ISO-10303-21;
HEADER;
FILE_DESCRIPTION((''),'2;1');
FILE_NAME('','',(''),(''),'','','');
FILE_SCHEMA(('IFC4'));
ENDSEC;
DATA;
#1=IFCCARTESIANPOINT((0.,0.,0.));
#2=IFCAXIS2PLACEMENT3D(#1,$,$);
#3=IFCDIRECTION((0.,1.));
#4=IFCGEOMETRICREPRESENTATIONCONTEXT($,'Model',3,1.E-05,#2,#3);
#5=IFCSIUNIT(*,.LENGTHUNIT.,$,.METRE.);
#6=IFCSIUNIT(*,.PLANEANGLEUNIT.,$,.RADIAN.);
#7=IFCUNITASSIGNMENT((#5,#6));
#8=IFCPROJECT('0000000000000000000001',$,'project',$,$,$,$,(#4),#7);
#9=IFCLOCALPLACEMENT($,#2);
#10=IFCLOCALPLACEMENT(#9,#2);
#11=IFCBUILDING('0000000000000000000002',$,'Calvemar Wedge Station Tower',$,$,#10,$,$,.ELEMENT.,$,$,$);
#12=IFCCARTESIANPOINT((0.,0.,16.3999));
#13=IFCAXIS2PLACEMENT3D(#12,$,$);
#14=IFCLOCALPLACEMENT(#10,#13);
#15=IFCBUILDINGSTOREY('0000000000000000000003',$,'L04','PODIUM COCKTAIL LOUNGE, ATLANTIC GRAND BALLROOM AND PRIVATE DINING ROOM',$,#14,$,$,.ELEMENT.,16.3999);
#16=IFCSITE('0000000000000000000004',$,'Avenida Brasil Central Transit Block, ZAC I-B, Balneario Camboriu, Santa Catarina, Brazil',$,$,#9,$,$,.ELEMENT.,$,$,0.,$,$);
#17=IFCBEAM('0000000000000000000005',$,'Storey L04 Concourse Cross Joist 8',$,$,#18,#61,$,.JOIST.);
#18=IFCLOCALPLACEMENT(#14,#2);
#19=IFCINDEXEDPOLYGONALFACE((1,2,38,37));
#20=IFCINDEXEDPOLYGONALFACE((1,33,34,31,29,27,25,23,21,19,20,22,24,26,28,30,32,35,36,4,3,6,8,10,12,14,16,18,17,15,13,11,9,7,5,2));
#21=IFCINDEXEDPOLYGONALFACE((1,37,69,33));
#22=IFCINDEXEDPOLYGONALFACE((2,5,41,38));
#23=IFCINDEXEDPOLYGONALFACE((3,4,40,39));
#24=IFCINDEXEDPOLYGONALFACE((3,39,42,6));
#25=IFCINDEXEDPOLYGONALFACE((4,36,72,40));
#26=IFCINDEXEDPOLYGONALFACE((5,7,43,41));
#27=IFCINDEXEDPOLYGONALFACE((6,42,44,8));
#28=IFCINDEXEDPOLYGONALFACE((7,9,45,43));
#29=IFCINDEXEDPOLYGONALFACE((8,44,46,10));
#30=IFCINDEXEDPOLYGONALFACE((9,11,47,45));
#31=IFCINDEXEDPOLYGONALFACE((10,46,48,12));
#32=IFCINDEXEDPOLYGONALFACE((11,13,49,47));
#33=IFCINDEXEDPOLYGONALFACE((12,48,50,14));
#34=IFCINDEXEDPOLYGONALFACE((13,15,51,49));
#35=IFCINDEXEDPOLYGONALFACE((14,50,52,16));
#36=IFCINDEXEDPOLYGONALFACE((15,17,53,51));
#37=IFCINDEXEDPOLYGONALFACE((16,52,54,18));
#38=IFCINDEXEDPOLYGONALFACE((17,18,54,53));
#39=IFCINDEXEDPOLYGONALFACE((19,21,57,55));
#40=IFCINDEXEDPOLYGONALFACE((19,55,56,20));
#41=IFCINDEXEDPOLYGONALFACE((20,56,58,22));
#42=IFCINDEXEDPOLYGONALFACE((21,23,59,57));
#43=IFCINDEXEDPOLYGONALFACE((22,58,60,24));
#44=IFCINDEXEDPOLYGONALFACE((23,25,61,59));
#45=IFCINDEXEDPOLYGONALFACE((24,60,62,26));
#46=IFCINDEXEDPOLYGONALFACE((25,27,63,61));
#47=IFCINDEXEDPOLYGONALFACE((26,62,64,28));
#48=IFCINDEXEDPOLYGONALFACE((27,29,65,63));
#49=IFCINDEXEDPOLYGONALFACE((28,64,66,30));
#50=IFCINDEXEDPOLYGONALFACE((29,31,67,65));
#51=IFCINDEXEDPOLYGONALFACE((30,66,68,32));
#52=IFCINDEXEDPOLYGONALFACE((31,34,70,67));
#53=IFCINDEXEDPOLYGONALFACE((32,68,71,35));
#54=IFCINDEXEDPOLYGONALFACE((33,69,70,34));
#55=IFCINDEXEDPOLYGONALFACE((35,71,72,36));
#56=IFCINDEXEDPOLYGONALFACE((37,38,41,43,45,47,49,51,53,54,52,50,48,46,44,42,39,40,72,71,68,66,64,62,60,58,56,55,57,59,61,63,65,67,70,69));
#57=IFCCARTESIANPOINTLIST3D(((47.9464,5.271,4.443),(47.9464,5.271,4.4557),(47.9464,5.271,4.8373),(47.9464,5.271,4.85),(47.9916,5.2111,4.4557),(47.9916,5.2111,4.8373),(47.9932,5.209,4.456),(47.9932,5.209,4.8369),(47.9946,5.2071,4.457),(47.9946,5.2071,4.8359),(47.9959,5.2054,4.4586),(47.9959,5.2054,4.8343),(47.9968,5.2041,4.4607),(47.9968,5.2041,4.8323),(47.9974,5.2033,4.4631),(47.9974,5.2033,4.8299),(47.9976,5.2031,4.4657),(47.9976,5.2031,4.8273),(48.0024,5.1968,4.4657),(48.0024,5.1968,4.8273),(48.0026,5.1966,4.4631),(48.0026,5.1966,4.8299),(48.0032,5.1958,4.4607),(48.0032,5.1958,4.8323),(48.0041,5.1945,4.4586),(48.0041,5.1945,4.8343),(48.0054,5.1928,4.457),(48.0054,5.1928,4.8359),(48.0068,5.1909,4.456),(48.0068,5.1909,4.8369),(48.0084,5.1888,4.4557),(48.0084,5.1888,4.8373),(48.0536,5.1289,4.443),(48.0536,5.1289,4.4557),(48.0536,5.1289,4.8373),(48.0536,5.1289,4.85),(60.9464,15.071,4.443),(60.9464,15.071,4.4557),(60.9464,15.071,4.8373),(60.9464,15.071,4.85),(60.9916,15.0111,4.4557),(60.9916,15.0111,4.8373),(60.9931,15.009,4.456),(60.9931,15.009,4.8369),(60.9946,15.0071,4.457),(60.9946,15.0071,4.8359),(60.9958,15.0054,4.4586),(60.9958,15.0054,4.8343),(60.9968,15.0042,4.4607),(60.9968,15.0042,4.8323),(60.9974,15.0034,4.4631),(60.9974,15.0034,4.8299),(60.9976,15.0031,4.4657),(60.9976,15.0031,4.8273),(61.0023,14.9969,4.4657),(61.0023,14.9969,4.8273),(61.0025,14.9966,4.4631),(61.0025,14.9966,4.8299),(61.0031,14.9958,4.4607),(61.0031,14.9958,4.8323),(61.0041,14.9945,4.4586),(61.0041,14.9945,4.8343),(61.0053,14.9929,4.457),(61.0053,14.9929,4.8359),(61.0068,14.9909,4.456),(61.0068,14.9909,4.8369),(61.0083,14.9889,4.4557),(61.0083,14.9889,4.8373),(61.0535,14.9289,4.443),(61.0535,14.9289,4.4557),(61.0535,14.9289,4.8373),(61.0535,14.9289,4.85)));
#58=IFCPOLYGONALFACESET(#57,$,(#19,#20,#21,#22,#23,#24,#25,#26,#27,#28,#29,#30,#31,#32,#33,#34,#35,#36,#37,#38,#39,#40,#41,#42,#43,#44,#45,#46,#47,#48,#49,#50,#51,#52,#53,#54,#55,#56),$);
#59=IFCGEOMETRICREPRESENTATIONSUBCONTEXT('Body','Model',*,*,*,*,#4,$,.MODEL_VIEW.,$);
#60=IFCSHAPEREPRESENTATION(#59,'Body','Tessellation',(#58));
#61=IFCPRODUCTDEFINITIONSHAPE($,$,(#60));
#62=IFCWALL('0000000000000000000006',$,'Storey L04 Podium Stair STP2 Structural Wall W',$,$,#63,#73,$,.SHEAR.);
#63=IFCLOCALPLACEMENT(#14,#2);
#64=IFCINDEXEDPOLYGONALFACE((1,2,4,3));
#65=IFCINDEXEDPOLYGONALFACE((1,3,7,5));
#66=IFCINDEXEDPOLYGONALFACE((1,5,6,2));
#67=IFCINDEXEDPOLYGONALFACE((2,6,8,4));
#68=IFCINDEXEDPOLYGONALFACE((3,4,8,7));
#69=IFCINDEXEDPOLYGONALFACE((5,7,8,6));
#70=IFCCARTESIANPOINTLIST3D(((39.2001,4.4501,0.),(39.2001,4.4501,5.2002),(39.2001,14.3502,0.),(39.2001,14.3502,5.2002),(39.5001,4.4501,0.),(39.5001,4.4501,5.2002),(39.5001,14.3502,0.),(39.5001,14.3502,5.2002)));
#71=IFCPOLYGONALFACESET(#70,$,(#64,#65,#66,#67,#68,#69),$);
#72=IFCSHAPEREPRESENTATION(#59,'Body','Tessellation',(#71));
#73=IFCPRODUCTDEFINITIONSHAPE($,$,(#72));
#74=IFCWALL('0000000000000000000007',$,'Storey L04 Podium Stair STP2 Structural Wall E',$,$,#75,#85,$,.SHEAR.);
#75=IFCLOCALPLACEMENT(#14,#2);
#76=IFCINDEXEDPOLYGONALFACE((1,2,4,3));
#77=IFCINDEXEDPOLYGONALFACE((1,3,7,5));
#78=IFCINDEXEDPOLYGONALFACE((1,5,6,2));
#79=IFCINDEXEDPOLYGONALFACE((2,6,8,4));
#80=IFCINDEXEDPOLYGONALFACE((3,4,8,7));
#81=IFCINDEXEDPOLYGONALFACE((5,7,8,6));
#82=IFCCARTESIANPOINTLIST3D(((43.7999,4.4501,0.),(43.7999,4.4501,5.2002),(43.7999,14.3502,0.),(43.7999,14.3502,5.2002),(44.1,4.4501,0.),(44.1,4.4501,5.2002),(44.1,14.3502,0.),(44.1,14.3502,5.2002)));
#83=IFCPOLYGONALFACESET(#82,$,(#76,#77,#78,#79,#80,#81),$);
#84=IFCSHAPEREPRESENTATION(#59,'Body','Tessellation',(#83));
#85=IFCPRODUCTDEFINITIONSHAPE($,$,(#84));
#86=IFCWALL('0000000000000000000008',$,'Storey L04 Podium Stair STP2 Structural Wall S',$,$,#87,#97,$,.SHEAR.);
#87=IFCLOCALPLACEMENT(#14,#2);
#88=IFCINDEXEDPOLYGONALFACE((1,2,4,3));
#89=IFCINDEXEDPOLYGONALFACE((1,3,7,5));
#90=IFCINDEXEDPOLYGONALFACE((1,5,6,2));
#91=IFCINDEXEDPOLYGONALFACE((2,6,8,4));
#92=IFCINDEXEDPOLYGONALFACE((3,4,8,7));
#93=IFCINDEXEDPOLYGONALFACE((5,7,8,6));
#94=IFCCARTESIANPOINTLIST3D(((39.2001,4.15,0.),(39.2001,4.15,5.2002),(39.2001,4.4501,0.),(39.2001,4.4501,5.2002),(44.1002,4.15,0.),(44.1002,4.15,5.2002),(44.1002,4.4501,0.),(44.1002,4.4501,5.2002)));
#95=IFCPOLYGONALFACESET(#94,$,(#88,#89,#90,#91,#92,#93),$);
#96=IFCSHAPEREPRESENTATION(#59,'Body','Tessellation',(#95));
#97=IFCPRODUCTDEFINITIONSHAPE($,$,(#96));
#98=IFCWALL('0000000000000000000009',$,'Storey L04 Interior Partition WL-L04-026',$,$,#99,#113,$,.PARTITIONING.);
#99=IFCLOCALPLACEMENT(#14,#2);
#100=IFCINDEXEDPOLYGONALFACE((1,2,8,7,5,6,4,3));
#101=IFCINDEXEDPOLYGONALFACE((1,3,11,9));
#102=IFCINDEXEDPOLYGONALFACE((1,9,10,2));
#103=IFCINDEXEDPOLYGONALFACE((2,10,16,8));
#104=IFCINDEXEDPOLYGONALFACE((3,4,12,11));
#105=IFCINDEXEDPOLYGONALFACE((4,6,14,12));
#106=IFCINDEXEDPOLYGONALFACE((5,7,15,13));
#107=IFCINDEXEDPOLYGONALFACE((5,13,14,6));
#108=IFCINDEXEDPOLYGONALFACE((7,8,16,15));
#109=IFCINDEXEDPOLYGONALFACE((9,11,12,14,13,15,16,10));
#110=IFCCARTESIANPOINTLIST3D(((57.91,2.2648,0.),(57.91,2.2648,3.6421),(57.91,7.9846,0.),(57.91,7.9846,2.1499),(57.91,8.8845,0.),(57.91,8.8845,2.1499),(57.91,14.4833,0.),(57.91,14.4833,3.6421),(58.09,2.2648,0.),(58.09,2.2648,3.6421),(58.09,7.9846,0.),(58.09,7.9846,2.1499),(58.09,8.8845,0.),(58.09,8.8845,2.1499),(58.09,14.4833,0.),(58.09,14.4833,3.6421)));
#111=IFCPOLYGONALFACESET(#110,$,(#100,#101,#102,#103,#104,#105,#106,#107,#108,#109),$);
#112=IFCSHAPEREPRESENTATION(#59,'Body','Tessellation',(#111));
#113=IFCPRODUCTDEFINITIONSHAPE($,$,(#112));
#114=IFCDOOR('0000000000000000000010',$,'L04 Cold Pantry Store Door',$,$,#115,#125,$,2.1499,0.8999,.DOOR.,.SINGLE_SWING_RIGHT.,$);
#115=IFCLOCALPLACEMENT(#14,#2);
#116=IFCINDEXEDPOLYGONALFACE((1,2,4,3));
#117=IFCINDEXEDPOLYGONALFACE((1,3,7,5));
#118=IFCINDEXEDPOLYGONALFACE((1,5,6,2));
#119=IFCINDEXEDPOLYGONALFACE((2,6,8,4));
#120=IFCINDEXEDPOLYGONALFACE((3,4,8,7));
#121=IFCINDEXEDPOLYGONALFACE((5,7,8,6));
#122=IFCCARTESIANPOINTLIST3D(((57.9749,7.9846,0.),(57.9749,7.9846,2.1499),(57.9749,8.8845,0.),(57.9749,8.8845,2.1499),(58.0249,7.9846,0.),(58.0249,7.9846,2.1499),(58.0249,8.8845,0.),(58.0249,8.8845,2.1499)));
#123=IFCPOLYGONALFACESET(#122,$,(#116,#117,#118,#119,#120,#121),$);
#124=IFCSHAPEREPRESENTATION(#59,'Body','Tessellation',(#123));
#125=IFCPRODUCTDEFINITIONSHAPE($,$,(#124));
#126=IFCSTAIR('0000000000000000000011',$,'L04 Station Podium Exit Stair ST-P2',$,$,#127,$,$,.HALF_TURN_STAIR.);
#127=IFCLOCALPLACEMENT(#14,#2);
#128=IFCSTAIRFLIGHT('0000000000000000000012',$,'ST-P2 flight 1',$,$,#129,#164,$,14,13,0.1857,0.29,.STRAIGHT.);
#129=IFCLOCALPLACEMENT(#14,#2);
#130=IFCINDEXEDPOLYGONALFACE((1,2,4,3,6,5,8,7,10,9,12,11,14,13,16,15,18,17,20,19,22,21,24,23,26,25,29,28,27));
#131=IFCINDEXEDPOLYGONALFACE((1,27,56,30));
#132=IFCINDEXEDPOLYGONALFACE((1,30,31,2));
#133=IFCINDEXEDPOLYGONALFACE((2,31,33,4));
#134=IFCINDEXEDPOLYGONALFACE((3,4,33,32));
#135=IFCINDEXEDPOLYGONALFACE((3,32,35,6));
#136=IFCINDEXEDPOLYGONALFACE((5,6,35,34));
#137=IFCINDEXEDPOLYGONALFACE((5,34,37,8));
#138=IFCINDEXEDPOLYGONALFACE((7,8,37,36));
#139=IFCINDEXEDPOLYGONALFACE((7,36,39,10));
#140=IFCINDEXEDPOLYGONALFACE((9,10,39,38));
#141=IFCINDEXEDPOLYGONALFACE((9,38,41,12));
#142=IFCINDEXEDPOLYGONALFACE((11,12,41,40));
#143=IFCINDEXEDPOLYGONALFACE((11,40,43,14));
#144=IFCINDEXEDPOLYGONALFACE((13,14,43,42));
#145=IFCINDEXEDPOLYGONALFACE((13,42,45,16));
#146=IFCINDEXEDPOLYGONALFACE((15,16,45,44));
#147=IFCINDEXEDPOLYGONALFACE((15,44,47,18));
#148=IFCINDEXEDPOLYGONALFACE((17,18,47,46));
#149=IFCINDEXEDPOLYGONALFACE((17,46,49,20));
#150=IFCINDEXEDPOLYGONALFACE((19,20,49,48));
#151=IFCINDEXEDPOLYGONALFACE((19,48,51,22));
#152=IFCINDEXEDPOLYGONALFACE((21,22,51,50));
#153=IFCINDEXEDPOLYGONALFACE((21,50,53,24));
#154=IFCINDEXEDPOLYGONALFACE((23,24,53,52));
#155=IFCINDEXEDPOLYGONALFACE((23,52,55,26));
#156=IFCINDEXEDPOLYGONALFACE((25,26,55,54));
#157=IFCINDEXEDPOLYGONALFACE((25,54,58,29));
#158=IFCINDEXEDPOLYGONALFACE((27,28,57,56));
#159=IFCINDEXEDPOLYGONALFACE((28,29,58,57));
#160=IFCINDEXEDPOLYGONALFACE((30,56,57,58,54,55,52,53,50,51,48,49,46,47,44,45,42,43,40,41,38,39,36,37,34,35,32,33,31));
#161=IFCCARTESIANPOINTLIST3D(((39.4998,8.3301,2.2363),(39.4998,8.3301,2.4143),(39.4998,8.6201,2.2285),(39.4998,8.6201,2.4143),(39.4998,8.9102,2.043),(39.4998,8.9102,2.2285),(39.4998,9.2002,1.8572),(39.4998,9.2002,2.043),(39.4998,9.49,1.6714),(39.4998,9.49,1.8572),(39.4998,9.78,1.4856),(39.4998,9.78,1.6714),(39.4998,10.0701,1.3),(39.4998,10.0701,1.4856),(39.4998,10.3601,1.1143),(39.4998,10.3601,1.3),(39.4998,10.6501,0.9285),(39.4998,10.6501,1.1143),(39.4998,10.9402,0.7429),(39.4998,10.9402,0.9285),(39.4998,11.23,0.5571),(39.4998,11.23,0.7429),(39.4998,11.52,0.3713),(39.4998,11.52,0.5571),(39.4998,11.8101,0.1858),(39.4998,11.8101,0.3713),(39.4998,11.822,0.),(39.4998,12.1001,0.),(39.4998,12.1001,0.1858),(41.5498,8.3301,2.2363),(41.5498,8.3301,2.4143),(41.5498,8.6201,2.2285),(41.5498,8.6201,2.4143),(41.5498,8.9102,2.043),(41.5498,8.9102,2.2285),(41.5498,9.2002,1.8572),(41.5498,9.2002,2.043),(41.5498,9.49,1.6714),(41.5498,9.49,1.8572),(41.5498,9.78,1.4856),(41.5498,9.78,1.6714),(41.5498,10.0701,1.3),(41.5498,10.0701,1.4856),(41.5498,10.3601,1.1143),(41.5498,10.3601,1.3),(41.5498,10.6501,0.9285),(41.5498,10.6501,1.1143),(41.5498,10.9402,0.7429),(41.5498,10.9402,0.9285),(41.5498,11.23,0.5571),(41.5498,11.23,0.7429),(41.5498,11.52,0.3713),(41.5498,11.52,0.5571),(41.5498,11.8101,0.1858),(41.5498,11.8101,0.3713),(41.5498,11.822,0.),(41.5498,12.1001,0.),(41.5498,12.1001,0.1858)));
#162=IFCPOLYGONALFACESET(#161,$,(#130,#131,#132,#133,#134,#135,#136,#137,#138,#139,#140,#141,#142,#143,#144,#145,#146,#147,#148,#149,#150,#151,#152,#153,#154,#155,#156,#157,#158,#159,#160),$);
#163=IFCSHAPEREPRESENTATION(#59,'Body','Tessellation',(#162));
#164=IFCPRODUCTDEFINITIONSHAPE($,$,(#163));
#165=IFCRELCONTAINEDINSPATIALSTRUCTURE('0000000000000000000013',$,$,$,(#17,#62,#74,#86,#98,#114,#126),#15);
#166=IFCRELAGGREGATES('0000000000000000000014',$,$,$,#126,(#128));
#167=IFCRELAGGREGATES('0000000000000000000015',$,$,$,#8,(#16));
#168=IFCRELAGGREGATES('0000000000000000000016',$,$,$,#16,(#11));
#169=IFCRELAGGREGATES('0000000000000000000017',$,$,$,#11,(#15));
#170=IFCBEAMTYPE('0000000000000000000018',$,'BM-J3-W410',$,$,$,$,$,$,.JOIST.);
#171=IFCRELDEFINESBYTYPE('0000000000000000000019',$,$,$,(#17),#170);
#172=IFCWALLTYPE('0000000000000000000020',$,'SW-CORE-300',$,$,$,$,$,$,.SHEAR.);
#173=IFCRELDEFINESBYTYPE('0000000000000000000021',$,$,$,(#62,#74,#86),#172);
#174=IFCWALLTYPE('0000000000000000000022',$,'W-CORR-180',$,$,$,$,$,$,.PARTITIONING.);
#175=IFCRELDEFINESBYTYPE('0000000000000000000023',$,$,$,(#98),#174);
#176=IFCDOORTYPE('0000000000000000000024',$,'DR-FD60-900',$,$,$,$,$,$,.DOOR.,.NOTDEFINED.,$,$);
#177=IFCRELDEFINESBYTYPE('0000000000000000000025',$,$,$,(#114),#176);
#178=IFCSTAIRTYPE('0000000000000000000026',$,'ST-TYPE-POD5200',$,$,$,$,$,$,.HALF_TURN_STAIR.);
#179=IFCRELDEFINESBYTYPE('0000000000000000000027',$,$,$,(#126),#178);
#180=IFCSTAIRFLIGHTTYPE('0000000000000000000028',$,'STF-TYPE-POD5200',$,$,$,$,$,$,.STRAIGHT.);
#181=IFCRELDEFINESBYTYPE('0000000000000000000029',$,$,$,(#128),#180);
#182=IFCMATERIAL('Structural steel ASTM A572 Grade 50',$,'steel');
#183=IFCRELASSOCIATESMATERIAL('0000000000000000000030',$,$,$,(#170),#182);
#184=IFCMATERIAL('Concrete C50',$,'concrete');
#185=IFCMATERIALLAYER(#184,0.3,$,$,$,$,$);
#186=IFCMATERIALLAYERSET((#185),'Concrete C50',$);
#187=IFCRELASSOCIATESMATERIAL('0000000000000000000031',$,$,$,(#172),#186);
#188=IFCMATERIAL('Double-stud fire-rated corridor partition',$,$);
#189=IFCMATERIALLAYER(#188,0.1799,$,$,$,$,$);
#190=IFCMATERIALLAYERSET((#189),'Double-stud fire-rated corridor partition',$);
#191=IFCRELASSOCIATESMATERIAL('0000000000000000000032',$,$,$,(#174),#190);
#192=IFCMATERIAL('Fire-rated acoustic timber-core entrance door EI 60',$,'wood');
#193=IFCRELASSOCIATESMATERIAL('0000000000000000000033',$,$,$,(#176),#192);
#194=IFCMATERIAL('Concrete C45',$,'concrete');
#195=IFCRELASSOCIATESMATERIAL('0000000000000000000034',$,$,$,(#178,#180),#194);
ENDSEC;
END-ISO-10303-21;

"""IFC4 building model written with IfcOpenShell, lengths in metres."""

from ifc_helpers import new_model, si_unit, direction, frame, frame_2d, origin, origin_2d, place, context, subcontext, project, spatial, polyline, rectangle, i_section, outline, extrude, source, transform, mapped, material, layer, layer_set, material_profile, profile_set, type_object, element, fill, aggregate, save


model = new_model("IFC4")

# Units and contexts
model_context = context("Model", 3, precision=1e-05, world=origin(), true_north=direction((0.0, 1.0)))
body_context = subcontext(model_context, "Body", "Model", "MODEL_VIEW")
ifc_project = project(units=[si_unit("LENGTHUNIT", "METRE"), si_unit("PLANEANGLEUNIT", "RADIAN")], contexts=[model_context])

# Site, building, storey
site_placement = place(None, origin())
site = spatial("IfcSite", under=ifc_project, at=site_placement, Name="Avenida Brasil Central Transit Block, ZAC I-B, Balneario Camboriu, Santa Catarina, Brazil", CompositionType="ELEMENT", RefElevation=0.0)
building_placement = place(site_placement, origin())
building = spatial("IfcBuilding", under=site, at=building_placement, Name="Calvemar Wedge Station Tower", CompositionType="ELEMENT")
storey_placement = place(building_placement, frame((0.0, 0.0, 16.3999)))
storey = spatial("IfcBuildingStorey", under=building, at=storey_placement, Name="L04", Description="PODIUM COCKTAIL LOUNGE, ATLANTIC GRAND BALLROOM AND PRIVATE DINING ROOM", CompositionType="ELEMENT", Elevation=16.3999)

# Beam
ifc_material_1 = material(Name="Concrete C50", Category="concrete")
ifc_material_2 = material(Name="Structural steel ASTM A572 Grade 50", Category="steel")
ifc_material_profile_1 = material_profile(ifc_material_2, i_section(OverallWidth=0.178, OverallDepth=0.407, WebThickness=0.0078, FlangeThickness=0.0127, FilletRadius=0.01, at=origin_2d()), Name="W410x60")
ifc_profile_set_1 = profile_set([ifc_material_profile_1], Name="Structural steel ASTM A572 Grade 50")
beam_type_1 = type_object("IfcBeamType", Name="BM-J3-W410", PredefinedType="JOIST", material=ifc_profile_set_1)
shared_shape_1 = source(origin(), body_context, "Body", "SweptSolid", [
    extrude(i_section(OverallWidth=0.178, OverallDepth=0.407, WebThickness=0.0078, FlangeThickness=0.0127, FilletRadius=0.01, at=origin_2d()), origin(), (0.0, 0.0, 1.0), 16.28),
])
beam_1_placement = place(storey_placement, frame((48.0, 5.2, 4.6465), z_axis=(0.798522, 0.601966, 0.0), x_axis=(-0.601966, 0.798522, 0.0)))
element("IfcBeam", 1, at=beam_1_placement, inside=storey, type_object=beam_type_1, Name="Storey L04 Concourse Cross Joist 8", PredefinedType="JOIST", context=body_context, shape_type="MappedRepresentation", body=[
    mapped(shared_shape_1, transform((0.0, 0.0, 0.0), scale=1.0)),
])

# Walls
ifc_layer_1 = layer(ifc_material_1, 0.3)
ifc_layer_set_1 = layer_set([ifc_layer_1], Name="Concrete C50")
wall_type_1 = type_object("IfcWallType", Name="SW-CORE-300", PredefinedType="SHEAR", material=ifc_layer_set_1)
for number, where, z_axis, x_axis, name in (
    (2, (39.3501, 4.45, 0.0), (0.0, 0.0, 1.0), (0.0, 1.0, 0.0), "Storey L04 Podium Stair STP2 Structural Wall W"),
    (3, (43.95, 4.45, 0.0), (0.0, 0.0, 1.0), (0.0, 1.0, 0.0), "Storey L04 Podium Stair STP2 Structural Wall E"),
):
    element("IfcWall", number, at=place(storey_placement, frame(where, z_axis=z_axis, x_axis=x_axis)), inside=storey, type_object=wall_type_1, Name=name, PredefinedType="SHEAR", context=body_context, shape_type="SweptSolid", body=[
        extrude(rectangle(XDim=9.9001, YDim=0.3, at=frame_2d((4.9502, 0.0))), origin(), (0.0, 0.0, 1.0), 5.2002),
    ])
wall_1_placement = place(storey_placement, frame((39.2, 4.3, 0.0), z_axis=(0.0, 0.0, 1.0), x_axis=(1.0, 0.0, 0.0)))
element("IfcWall", 4, at=wall_1_placement, inside=storey, type_object=wall_type_1, Name="Storey L04 Podium Stair STP2 Structural Wall S", PredefinedType="SHEAR", context=body_context, shape_type="SweptSolid", body=[
    extrude(rectangle(XDim=4.9001, YDim=0.3, at=frame_2d((2.4502, 0.0))), origin(), (0.0, 0.0, 1.0), 5.2002),
])

# Wall, opening, door
ifc_material_3 = material(Name="Double-stud fire-rated corridor partition")
ifc_layer_2 = layer(ifc_material_3, 0.1799)
ifc_layer_set_2 = layer_set([ifc_layer_2], Name="Double-stud fire-rated corridor partition")
wall_type_2 = type_object("IfcWallType", Name="W-CORR-180", PredefinedType="PARTITIONING", material=ifc_layer_set_2)
wall_2_placement = place(storey_placement, frame((58.0, 14.4834, 0.0), z_axis=(0.0, 0.0, 1.0), x_axis=(0.0, -1.0, 0.0)))
wall_2 = element("IfcWall", 5, at=wall_2_placement, inside=storey, type_object=wall_type_2, Name="Storey L04 Interior Partition WL-L04-026", PredefinedType="PARTITIONING", context=body_context, shape_type="SweptSolid", body=[
    extrude(rectangle(XDim=12.2185, YDim=0.1799, at=frame_2d((6.1094, 0.0))), origin(), (0.0, 0.0, 1.0), 3.6421),
])
shared_shape_2 = source(origin(), body_context, "Body", "SweptSolid", [
    extrude(rectangle(XDim=0.8999, YDim=2.1499, at=frame_2d((0.45, 1.075))), frame((0.0, 0.1001, 0.0), z_axis=(0.0, -1.0, 0.0), x_axis=(1.0, 0.0, 0.0)), (0.0, 0.0, 1.0), 0.2),
])
opening_placement = place(wall_2_placement, frame((5.5989, 0.0, 0.0)))
opening = element("IfcOpeningElement", 6, at=opening_placement, cuts=wall_2, PredefinedType="OPENING", context=body_context, shape_type="MappedRepresentation", body=[
    mapped(shared_shape_2, transform((0.0, 0.0, 0.0), scale=1.0)),
])
ifc_material_4 = material(Name="Fire-rated acoustic timber-core entrance door EI 60", Category="wood")
door_type = type_object("IfcDoorType", Name="DR-FD60-900", OperationType="NOTDEFINED", PredefinedType="DOOR", material=ifc_material_4)
shared_shape_3 = source(origin(), body_context, "Body", "SweptSolid", [
    extrude(rectangle(XDim=0.8999, YDim=2.1499, at=frame_2d((0.45, 1.075))), frame((0.0, 0.0249, 0.0), z_axis=(0.0, -1.0, 0.0), x_axis=(1.0, 0.0, 0.0)), (0.0, 0.0, 1.0), 0.05),
])
door_placement = place(opening_placement, origin())
door = element("IfcDoor", 7, at=door_placement, inside=storey, type_object=door_type, Name="L04 Cold Pantry Store Door", OperationType="SINGLE_SWING_RIGHT", OverallHeight=2.1499, OverallWidth=0.8999, PredefinedType="DOOR", context=body_context, shape_type="MappedRepresentation", body=[
    mapped(shared_shape_3, transform((0.0, 0.0, 0.0), scale=1.0)),
])
fill(opening, door)

# Stair, stair flight
ifc_material_5 = material(Name="Concrete C45", Category="concrete")
stair_type = type_object("IfcStairType", Name="ST-TYPE-POD5200", PredefinedType="HALF_TURN_STAIR", material=ifc_material_5)
stair_placement = place(storey_placement, origin())
stair = element("IfcStair", 8, at=stair_placement, inside=storey, type_object=stair_type, Name="L04 Station Podium Exit Stair ST-P2", PredefinedType="HALF_TURN_STAIR")
stair_flight_type = type_object("IfcStairFlightType", Name="STF-TYPE-POD5200", PredefinedType="STRAIGHT", material=ifc_material_5)
stair_flight_1_placement = place(storey_placement, frame((40.5249, 12.1001, 0.0), z_axis=(0.0, 0.0, 1.0), x_axis=(0.0, -1.0, 0.0)))
stair_flight_1 = element("IfcStairFlight", 9, at=stair_flight_1_placement, type_object=stair_flight_type, Name="ST-P2 flight 1", NumberOfRisers=14, NumberOfTreads=13, PredefinedType="STRAIGHT", RiserHeight=0.1857, TreadLength=0.29, context=body_context, shape_type="SweptSolid", body=[
    extrude(outline(polyline([(0.0, 0.0), (0.0, 0.1858), (0.29, 0.1858), (0.29, 0.3713), (0.5801, 0.3713), (0.5801, 0.5571), (0.8701, 0.5571), (0.8701, 0.7429), (1.1599, 0.7429), (1.1599, 0.9285), (1.45, 0.9285), (1.45, 1.1143), (1.74, 1.1143), (1.74, 1.3), (2.03, 1.3), (2.03, 1.4856), (2.3201, 1.4856), (2.3201, 1.6714), (2.6101, 1.6714), (2.6101, 1.8572), (2.8999, 1.8572), (2.8999, 2.043), (3.1899, 2.043), (3.1899, 2.2285), (3.48, 2.2285), (3.48, 2.4143), (3.77, 2.4143), (3.77, 2.6001), (3.77, 2.2363), (0.2781, 0.0), (0.0, 0.0)])), frame((0.0, 1.0249, 0.0), z_axis=(0.0, -1.0, 0.0), x_axis=(1.0, 0.0, 0.0)), (0.0, 0.0, 1.0), 2.05),
])
aggregate(stair, [stair_flight_1])

save(model, "model.ifc")
